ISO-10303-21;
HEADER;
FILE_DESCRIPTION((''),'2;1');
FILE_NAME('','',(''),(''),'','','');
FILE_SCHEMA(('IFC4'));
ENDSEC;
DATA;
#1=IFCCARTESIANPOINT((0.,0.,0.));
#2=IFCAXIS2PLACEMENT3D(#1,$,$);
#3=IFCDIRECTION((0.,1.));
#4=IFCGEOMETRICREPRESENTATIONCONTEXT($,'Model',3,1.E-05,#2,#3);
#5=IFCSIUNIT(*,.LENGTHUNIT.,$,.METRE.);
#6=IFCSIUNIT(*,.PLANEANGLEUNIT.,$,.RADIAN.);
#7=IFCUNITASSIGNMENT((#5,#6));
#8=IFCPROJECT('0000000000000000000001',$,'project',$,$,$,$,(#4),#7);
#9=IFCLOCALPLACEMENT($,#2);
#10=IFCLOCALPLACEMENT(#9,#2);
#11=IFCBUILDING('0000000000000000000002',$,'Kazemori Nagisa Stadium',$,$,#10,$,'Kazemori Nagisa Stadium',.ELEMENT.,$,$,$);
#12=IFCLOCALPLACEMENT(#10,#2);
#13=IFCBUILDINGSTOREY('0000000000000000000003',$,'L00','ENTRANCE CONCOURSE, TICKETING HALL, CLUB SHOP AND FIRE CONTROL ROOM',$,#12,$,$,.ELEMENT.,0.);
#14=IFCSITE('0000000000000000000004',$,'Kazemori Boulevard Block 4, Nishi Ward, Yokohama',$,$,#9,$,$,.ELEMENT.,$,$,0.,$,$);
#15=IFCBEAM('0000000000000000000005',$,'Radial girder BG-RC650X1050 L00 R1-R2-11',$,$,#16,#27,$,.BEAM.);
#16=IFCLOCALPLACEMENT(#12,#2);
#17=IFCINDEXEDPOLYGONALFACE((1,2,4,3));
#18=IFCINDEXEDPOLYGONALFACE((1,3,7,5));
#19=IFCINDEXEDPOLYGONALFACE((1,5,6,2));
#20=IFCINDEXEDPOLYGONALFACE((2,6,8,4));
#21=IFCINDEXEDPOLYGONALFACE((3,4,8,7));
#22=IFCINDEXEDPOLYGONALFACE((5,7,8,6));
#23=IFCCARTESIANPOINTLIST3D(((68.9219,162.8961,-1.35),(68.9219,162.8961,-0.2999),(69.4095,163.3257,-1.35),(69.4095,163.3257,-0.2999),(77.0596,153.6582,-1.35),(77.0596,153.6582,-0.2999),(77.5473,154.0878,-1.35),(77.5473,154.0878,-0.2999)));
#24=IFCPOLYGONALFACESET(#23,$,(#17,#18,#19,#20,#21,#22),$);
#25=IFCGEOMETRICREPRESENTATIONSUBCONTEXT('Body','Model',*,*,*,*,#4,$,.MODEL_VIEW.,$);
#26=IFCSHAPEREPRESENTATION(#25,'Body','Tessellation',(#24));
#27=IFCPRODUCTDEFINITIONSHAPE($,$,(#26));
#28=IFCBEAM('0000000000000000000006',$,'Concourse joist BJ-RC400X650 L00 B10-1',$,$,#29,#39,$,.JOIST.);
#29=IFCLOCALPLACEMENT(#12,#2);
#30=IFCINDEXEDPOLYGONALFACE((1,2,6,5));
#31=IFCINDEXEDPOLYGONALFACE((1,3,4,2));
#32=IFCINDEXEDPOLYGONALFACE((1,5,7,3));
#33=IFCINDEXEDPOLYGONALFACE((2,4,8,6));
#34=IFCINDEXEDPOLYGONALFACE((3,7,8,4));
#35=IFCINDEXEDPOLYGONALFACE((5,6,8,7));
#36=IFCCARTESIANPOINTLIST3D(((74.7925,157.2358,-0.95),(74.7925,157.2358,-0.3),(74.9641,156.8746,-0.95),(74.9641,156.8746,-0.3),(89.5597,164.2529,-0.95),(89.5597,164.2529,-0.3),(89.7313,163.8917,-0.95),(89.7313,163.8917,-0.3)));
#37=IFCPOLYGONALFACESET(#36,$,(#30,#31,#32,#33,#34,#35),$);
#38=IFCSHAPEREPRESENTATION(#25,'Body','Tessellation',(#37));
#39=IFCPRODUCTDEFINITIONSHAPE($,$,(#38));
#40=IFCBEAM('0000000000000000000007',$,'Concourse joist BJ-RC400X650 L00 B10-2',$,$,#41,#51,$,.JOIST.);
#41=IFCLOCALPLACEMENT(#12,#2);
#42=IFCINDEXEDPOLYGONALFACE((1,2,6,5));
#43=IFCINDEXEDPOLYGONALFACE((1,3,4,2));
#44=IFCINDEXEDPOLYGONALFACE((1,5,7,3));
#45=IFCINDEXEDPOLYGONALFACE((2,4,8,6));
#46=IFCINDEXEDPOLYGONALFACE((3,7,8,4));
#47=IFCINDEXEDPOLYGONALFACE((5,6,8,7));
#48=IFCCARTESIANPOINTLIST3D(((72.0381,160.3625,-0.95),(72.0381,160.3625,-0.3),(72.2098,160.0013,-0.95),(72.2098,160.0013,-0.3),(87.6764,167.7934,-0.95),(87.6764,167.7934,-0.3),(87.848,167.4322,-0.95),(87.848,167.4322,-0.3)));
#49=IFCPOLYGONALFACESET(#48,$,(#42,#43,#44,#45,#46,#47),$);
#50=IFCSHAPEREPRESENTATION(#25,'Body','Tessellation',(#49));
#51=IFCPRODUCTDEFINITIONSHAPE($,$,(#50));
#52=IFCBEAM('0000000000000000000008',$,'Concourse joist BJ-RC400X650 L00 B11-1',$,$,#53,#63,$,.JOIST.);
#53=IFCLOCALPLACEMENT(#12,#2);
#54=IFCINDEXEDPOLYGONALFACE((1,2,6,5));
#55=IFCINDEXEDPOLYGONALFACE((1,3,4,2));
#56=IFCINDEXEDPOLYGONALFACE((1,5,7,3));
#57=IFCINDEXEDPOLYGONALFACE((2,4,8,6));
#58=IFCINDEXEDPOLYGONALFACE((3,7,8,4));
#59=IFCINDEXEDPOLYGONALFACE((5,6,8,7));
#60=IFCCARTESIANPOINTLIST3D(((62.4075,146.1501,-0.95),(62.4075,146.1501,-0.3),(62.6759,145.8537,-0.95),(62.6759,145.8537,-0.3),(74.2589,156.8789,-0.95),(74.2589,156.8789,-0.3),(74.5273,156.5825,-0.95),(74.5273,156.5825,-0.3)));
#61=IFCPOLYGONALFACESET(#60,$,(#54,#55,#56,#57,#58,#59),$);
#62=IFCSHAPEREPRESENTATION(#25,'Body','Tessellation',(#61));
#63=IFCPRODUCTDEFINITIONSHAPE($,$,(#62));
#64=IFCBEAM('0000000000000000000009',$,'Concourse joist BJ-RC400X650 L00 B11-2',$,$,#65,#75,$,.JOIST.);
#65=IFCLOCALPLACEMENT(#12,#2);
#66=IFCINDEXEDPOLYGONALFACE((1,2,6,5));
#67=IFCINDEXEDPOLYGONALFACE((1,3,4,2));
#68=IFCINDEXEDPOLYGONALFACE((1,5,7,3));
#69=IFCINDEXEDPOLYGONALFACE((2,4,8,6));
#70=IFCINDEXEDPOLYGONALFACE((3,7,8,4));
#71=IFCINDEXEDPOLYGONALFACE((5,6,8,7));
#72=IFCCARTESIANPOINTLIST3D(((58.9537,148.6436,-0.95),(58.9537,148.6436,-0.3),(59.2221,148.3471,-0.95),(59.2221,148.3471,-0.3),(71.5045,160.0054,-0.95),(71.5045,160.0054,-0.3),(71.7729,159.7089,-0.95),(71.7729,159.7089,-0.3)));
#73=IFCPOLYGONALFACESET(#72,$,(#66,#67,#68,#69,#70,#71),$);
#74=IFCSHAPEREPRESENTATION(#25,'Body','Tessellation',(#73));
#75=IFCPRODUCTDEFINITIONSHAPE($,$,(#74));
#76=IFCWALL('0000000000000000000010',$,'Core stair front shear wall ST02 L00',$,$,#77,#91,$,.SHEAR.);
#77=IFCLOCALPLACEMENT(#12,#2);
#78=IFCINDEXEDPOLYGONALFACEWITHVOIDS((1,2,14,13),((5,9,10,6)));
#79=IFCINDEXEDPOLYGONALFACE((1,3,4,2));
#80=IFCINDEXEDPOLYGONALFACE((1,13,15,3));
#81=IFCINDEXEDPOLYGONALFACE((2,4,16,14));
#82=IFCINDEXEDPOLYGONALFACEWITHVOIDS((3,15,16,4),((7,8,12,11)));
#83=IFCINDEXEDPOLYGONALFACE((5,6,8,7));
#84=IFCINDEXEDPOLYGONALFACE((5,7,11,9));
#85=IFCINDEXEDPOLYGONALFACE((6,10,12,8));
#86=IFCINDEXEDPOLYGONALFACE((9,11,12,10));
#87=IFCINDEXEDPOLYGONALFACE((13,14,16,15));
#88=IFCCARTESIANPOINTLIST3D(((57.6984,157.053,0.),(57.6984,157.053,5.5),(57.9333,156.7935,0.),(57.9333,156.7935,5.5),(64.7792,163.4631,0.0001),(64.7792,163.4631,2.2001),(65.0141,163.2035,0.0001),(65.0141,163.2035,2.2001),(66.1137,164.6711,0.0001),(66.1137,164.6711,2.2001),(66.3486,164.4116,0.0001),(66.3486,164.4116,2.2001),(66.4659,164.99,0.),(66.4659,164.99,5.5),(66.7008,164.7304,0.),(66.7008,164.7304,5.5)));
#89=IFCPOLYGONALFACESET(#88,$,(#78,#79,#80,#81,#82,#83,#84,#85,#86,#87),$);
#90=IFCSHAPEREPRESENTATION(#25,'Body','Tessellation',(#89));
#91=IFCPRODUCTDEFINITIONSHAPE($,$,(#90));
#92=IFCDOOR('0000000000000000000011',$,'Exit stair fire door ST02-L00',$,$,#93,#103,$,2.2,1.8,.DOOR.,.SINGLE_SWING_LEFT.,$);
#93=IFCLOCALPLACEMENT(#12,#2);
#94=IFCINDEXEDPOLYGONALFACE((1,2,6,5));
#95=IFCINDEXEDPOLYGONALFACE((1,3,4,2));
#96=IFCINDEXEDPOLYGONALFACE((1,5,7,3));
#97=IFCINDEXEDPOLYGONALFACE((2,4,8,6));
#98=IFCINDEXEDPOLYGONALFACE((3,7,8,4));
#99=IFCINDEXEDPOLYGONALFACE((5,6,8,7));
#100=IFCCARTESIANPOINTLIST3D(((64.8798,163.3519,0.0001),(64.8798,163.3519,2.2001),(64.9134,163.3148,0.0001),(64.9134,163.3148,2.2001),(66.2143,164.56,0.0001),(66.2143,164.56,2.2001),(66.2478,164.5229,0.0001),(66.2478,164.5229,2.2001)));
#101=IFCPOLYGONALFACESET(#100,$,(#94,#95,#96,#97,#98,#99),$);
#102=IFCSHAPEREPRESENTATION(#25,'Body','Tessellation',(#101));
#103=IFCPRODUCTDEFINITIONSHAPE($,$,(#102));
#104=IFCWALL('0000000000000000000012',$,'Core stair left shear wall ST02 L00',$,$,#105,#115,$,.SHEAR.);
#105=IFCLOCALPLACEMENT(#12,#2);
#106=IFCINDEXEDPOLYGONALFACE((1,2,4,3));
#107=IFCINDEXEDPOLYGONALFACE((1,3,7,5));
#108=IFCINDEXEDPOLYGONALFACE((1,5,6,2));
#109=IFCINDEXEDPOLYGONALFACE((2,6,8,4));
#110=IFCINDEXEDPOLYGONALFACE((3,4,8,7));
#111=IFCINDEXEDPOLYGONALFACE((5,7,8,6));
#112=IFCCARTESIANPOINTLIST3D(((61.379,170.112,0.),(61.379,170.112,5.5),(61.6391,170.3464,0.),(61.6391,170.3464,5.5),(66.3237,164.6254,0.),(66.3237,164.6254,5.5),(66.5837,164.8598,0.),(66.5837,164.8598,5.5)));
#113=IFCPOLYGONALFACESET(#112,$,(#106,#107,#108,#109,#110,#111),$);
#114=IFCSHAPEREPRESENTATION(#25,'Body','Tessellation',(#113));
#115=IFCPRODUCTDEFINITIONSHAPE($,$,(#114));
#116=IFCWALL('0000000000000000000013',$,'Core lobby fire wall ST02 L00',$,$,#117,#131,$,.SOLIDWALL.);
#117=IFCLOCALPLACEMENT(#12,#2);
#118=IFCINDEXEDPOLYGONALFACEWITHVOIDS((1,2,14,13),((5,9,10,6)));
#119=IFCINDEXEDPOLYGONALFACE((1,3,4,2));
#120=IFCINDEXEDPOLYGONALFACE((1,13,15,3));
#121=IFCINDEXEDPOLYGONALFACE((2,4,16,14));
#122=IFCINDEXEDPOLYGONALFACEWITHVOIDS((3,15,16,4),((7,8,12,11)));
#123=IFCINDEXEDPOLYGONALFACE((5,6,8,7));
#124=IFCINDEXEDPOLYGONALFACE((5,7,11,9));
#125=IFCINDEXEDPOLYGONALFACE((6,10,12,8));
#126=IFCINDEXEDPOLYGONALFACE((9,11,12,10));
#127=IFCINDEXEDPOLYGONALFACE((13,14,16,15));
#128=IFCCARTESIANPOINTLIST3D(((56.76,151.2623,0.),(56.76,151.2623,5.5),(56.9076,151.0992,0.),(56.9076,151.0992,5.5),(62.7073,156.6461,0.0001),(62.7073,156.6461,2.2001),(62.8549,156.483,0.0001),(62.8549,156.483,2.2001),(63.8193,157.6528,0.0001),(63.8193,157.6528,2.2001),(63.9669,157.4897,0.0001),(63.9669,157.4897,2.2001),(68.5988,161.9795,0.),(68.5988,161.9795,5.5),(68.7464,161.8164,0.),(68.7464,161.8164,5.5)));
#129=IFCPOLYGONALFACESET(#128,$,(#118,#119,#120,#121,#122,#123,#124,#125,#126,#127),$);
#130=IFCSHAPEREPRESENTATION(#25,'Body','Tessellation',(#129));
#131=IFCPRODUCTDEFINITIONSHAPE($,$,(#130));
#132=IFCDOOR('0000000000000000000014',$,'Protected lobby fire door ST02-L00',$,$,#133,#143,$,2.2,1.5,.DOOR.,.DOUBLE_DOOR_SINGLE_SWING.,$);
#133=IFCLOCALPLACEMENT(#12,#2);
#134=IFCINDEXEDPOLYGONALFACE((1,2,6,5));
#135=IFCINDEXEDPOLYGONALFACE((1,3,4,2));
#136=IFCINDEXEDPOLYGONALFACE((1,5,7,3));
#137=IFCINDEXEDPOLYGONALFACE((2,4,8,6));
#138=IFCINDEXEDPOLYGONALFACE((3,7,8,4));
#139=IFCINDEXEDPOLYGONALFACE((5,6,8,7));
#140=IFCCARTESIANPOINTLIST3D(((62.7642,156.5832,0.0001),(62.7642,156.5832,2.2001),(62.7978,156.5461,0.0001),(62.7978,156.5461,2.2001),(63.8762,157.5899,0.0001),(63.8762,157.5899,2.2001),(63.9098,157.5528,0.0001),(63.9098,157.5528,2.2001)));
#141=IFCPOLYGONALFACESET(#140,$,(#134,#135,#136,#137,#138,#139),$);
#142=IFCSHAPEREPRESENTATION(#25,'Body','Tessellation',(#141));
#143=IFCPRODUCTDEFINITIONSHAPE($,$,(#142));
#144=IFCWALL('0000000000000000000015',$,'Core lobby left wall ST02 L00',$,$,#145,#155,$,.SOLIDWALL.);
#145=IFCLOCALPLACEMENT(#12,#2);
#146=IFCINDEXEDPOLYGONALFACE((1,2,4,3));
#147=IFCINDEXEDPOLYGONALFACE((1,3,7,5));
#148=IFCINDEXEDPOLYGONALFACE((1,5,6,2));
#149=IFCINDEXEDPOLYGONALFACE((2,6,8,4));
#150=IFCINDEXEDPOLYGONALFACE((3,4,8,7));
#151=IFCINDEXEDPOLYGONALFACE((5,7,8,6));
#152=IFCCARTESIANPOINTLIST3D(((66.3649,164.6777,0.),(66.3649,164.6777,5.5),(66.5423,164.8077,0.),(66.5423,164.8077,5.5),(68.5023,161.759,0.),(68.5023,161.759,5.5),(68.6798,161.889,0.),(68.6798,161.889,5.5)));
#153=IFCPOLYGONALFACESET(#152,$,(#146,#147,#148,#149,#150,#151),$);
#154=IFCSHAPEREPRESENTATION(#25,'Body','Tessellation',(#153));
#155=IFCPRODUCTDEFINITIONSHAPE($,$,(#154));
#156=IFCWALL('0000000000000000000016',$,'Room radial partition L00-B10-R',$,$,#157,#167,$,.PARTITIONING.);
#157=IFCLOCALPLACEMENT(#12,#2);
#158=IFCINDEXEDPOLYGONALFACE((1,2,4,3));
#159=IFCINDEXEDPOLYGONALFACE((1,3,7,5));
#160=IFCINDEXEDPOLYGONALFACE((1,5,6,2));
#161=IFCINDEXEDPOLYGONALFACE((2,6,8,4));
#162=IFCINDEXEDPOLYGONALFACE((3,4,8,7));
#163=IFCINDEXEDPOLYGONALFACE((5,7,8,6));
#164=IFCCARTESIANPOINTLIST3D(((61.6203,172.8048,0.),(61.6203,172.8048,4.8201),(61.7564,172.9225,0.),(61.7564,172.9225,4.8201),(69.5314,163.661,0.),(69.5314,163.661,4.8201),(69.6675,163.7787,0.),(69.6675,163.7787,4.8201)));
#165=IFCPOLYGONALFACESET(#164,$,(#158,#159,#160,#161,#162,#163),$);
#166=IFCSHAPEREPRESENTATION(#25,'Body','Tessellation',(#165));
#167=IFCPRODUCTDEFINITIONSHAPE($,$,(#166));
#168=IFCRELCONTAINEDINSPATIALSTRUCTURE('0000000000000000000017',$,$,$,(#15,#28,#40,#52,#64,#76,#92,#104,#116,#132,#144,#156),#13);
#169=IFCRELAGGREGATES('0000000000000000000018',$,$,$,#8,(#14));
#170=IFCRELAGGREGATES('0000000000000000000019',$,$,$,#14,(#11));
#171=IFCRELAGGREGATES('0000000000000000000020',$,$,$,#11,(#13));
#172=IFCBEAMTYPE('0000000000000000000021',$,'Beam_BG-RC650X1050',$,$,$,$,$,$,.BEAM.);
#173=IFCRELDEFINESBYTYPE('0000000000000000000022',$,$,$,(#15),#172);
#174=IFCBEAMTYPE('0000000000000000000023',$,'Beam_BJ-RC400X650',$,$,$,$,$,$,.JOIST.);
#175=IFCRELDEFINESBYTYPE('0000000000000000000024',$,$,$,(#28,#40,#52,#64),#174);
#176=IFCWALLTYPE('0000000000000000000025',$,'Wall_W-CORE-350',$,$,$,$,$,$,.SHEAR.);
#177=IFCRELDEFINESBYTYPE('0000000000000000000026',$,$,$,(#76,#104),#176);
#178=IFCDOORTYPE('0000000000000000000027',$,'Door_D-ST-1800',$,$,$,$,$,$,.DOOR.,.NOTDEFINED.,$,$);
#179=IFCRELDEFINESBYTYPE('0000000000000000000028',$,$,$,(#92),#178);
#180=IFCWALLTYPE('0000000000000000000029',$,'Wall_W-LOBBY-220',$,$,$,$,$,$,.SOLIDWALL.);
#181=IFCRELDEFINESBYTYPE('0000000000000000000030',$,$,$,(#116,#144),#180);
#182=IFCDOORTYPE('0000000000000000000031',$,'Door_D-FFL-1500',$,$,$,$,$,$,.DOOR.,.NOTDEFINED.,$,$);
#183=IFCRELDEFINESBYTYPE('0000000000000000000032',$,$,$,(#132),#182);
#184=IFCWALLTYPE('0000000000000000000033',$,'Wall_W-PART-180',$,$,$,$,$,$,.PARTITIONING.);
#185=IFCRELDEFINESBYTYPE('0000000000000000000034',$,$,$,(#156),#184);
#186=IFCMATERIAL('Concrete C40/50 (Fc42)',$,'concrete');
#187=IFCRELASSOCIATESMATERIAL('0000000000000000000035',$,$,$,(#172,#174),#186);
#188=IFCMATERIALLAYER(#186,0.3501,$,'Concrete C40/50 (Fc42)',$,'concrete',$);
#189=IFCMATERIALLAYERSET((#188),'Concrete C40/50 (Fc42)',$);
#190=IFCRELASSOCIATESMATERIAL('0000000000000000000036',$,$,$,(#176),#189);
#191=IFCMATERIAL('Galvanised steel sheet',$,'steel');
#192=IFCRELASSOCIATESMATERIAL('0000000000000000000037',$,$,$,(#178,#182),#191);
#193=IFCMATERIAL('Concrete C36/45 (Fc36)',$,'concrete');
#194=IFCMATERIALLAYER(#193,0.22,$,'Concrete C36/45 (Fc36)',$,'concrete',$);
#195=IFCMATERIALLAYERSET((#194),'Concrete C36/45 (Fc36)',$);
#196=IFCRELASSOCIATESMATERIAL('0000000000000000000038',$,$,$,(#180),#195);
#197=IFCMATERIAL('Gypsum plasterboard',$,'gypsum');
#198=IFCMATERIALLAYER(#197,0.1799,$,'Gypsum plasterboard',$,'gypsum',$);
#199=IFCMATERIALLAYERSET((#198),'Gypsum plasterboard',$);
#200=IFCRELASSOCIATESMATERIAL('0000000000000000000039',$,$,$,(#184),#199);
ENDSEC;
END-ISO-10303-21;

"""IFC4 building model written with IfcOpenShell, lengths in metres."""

from ifc_helpers import new_model, si_unit, direction, frame, frame_2d, origin, origin_2d, place, context, subcontext, project, spatial, rectangle, extrude, material, layer, layer_set, material_profile, profile_set, type_object, element, fill, save


model = new_model("IFC4")

# Units and contexts
model_context = context("Model", 3, precision=1e-05, world=origin(), true_north=direction((0.0, 1.0)))
body_context = subcontext(model_context, "Body", "Model", "MODEL_VIEW")
ifc_project = project(units=[si_unit("LENGTHUNIT", "METRE"), si_unit("PLANEANGLEUNIT", "RADIAN")], contexts=[model_context])

# Site, building, storey
site_placement = place(None, origin())
site = spatial("IfcSite", under=ifc_project, at=site_placement, Name="Kazemori Boulevard Block 4, Nishi Ward, Yokohama", CompositionType="ELEMENT", RefElevation=0.0)
building_placement = place(site_placement, origin())
building = spatial("IfcBuilding", under=site, at=building_placement, Name="Kazemori Nagisa Stadium", LongName="Kazemori Nagisa Stadium", CompositionType="ELEMENT")
storey_placement = place(building_placement, origin())
storey = spatial("IfcBuildingStorey", under=building, at=storey_placement, Name="L00", Description="ENTRANCE CONCOURSE, TICKETING HALL, CLUB SHOP AND FIRE CONTROL ROOM", CompositionType="ELEMENT", Elevation=0.0)

# Shared definitions
ifc_material_1 = material(Name="Concrete C40/50 (Fc42)", Category="concrete")

# Beams
ifc_material_profile_1 = material_profile(ifc_material_1, rectangle(XDim=0.6499, YDim=1.05, at=origin_2d()), Name="RC-BM-650x1050")
ifc_profile_set_1 = profile_set([ifc_material_profile_1], Name="Concrete C40/50 (Fc42)")
beam_type_1 = type_object("IfcBeamType", Name="Beam_BG-RC650X1050", PredefinedType="BEAM", material=ifc_profile_set_1)
beam_1_placement = place(storey_placement, frame((77.3035, 153.873, -0.825), z_axis=(-0.661014, 0.750374, 0.0), x_axis=(-0.750374, -0.661014, 0.0)))
element("IfcBeam", 1, at=beam_1_placement, inside=storey, type_object=beam_type_1, Name="Radial girder BG-RC650X1050 L00 R1-R2-11", PredefinedType="BEAM", context=body_context, shape_type="SweptSolid", body=[
    extrude(rectangle(XDim=0.6499, YDim=1.05, at=origin_2d()), origin(), (0.0, 0.0, 1.0), 12.311),
])
ifc_material_profile_2 = material_profile(ifc_material_1, rectangle(XDim=0.3999, YDim=0.6499, at=origin_2d()), Name="RC-BM-400x650")
ifc_profile_set_2 = profile_set([ifc_material_profile_2], Name="Concrete C40/50 (Fc42)")
beam_type_2 = type_object("IfcBeamType", Name="Beam_BJ-RC400X650", PredefinedType="JOIST", material=ifc_profile_set_2)
beam_2_placement = place(storey_placement, frame((89.6455, 164.0723, -0.625), z_axis=(-0.903216, -0.429187, 0.0), x_axis=(0.429187, -0.903216, 0.0)))
element("IfcBeam", 2, at=beam_2_placement, inside=storey, type_object=beam_type_2, Name="Concourse joist BJ-RC400X650 L00 B10-1", PredefinedType="JOIST", context=body_context, shape_type="SweptSolid", body=[
    extrude(rectangle(XDim=0.3999, YDim=0.6499, at=origin_2d()), origin(), (0.0, 0.0, 1.0), 16.3496),
])
beam_3_placement = place(storey_placement, frame((87.7622, 167.6128, -0.625), z_axis=(-0.903215, -0.429187, 0.0), x_axis=(0.429187, -0.903215, 0.0)))
element("IfcBeam", 3, at=beam_3_placement, inside=storey, type_object=beam_type_2, Name="Concourse joist BJ-RC400X650 L00 B10-2", PredefinedType="JOIST", context=body_context, shape_type="SweptSolid", body=[
    extrude(rectangle(XDim=0.3999, YDim=0.6499, at=origin_2d()), origin(), (0.0, 0.0, 1.0), 17.314),
])
beam_4_placement = place(storey_placement, frame((74.3931, 156.7307, -0.625), z_axis=(-0.741345, -0.671124, 0.0), x_axis=(0.671124, -0.741345, 0.0)))
element("IfcBeam", 4, at=beam_4_placement, inside=storey, type_object=beam_type_2, Name="Concourse joist BJ-RC400X650 L00 B11-1", PredefinedType="JOIST", context=body_context, shape_type="SweptSolid", body=[
    extrude(rectangle(XDim=0.3999, YDim=0.6499, at=origin_2d()), origin(), (0.0, 0.0, 1.0), 15.9863),
])
beam_5_placement = place(storey_placement, frame((71.6387, 159.8572, -0.625), z_axis=(-0.741349, -0.671119, 0.0), x_axis=(0.671119, -0.741349, 0.0)))
element("IfcBeam", 5, at=beam_5_placement, inside=storey, type_object=beam_type_2, Name="Concourse joist BJ-RC400X650 L00 B11-2", PredefinedType="JOIST", context=body_context, shape_type="SweptSolid", body=[
    extrude(rectangle(XDim=0.3999, YDim=0.6499, at=origin_2d()), origin(), (0.0, 0.0, 1.0), 16.9297),
])

# Wall, opening, door
ifc_layer_1 = layer(ifc_material_1, 0.3501, Name="Concrete C40/50 (Fc42)", Category="concrete")
ifc_layer_set_1 = layer_set([ifc_layer_1], Name="Concrete C40/50 (Fc42)")
wall_type_1 = type_object("IfcWallType", Name="Wall_W-CORE-350", PredefinedType="SHEAR", material=ifc_layer_set_1)
wall_1_placement = place(storey_placement, frame((66.5833, 164.8601, 0.0), z_axis=(0.0, 0.0, 1.0), x_axis=(-0.741349, -0.67112, 0.0)))
wall_1 = element("IfcWall", 6, at=wall_1_placement, inside=storey, type_object=wall_type_1, Name="Core stair front shear wall ST02 L00", PredefinedType="SHEAR", context=body_context, shape_type="SweptSolid", body=[
    extrude(rectangle(XDim=11.8264, YDim=0.3501, at=frame_2d((5.9131, 0.0))), origin(), (0.0, 0.0, 1.0), 5.5),
])
opening_1_placement = place(wall_1_placement, frame((0.4751, 0.0, 0.0)))
opening_1 = element("IfcOpeningElement", 7, at=opening_1_placement, cuts=wall_1, PredefinedType="OPENING", context=body_context, shape_type="SweptSolid", body=[
    extrude(rectangle(XDim=1.8, YDim=2.2, at=frame_2d((0.8999, 1.1001))), frame((0.0, 0.1851, 0.0), z_axis=(0.0, -1.0, 0.0), x_axis=(1.0, 0.0, 0.0)), (0.0, 0.0, 1.0), 0.3701),
])
ifc_material_2 = material(Name="Galvanised steel sheet", Category="steel")
door_type_1 = type_object("IfcDoorType", Name="Door_D-ST-1800", OperationType="NOTDEFINED", PredefinedType="DOOR", material=ifc_material_2)
door_1_placement = place(opening_1_placement, origin())
door_1 = element("IfcDoor", 8, at=door_1_placement, inside=storey, type_object=door_type_1, Name="Exit stair fire door ST02-L00", OperationType="SINGLE_SWING_LEFT", OverallHeight=2.2, OverallWidth=1.8, PredefinedType="DOOR", context=body_context, shape_type="SweptSolid", body=[
    extrude(rectangle(XDim=1.8, YDim=2.2, at=frame_2d((0.8999, 1.1001))), frame((0.0, 0.0249, 0.0), z_axis=(0.0, -1.0, 0.0), x_axis=(1.0, 0.0, 0.0)), (0.0, 0.0, 1.0), 0.05),
])
fill(opening_1, door_1)

# Wall
wall_2_placement = place(storey_placement, frame((66.4536, 164.7427, 0.0), z_axis=(0.0, 0.0, 1.0), x_axis=(-0.669463, 0.742845, 0.0)))
element("IfcWall", 9, at=wall_2_placement, inside=storey, type_object=wall_type_1, Name="Core stair left shear wall ST02 L00", PredefinedType="SHEAR", context=body_context, shape_type="SweptSolid", body=[
    extrude(rectangle(XDim=7.386, YDim=0.3501, at=frame_2d((3.6929, 0.0))), origin(), (0.0, 0.0, 1.0), 5.5),
])

# Wall, opening, door
ifc_material_3 = material(Name="Concrete C36/45 (Fc36)", Category="concrete")
ifc_layer_2 = layer(ifc_material_3, 0.22, Name="Concrete C36/45 (Fc36)", Category="concrete")
ifc_layer_set_2 = layer_set([ifc_layer_2], Name="Concrete C36/45 (Fc36)")
wall_type_2 = type_object("IfcWallType", Name="Wall_W-LOBBY-220", PredefinedType="SOLIDWALL", material=ifc_layer_set_2)
wall_3_placement = place(storey_placement, frame((68.6726, 161.8979, 0.0), z_axis=(0.0, 0.0, 1.0), x_axis=(-0.741351, -0.671117, 0.0)))
wall_3 = element("IfcWall", 10, at=wall_3_placement, inside=storey, type_object=wall_type_2, Name="Core lobby fire wall ST02 L00", PredefinedType="SOLIDWALL", context=body_context, shape_type="SweptSolid", body=[
    extrude(rectangle(XDim=15.9692, YDim=0.22, at=frame_2d((7.9846, 0.0))), origin(), (0.0, 0.0, 1.0), 5.5),
])
opening_2_placement = place(wall_3_placement, frame((6.447, 0.0, 0.0)))
opening_2 = element("IfcOpeningElement", 11, at=opening_2_placement, cuts=wall_3, PredefinedType="OPENING", context=body_context, shape_type="SweptSolid", body=[
    extrude(rectangle(XDim=1.5, YDim=2.2, at=frame_2d((0.75, 1.1001))), frame((0.0, 0.1199, 0.0), z_axis=(0.0, -1.0, 0.0), x_axis=(1.0, 0.0, 0.0)), (0.0, 0.0, 1.0), 0.24),
])
door_type_2 = type_object("IfcDoorType", Name="Door_D-FFL-1500", OperationType="NOTDEFINED", PredefinedType="DOOR", material=ifc_material_2)
door_2_placement = place(opening_2_placement, origin())
door_2 = element("IfcDoor", 12, at=door_2_placement, inside=storey, type_object=door_type_2, Name="Protected lobby fire door ST02-L00", OperationType="DOUBLE_DOOR_SINGLE_SWING", OverallHeight=2.2, OverallWidth=1.5, PredefinedType="DOOR", context=body_context, shape_type="SweptSolid", body=[
    extrude(rectangle(XDim=1.5, YDim=2.2, at=frame_2d((0.75, 1.1001))), frame((0.0, 0.0249, 0.0), z_axis=(0.0, -1.0, 0.0), x_axis=(1.0, 0.0, 0.0)), (0.0, 0.0, 1.0), 0.05),
])
fill(opening_2, door_2)

# Walls
wall_4_placement = place(storey_placement, frame((68.5911, 161.824, 0.0), z_axis=(0.0, 0.0, 1.0), x_axis=(-0.590837, 0.806791, 0.0)))
element("IfcWall", 13, at=wall_4_placement, inside=storey, type_object=wall_type_2, Name="Core lobby left wall ST02 L00", PredefinedType="SOLIDWALL", context=body_context, shape_type="SweptSolid", body=[
    extrude(rectangle(XDim=3.6177, YDim=0.22, at=frame_2d((1.8088, 0.0))), origin(), (0.0, 0.0, 1.0), 5.5),
])
ifc_material_4 = material(Name="Gypsum plasterboard", Category="gypsum")
ifc_layer_3 = layer(ifc_material_4, 0.1799, Name="Gypsum plasterboard", Category="gypsum")
ifc_layer_set_3 = layer_set([ifc_layer_3], Name="Gypsum plasterboard")
wall_type_3 = type_object("IfcWallType", Name="Wall_W-PART-180", PredefinedType="PARTITIONING", material=ifc_layer_set_3)
wall_5_placement = place(storey_placement, frame((69.5994, 163.72, 0.0), z_axis=(0.0, 0.0, 1.0), x_axis=(-0.654293, 0.756241, 0.0)))
element("IfcWall", 14, at=wall_5_placement, inside=storey, type_object=wall_type_3, Name="Room radial partition L00-B10-R", PredefinedType="PARTITIONING", context=body_context, shape_type="SweptSolid", body=[
    extrude(rectangle(XDim=12.0911, YDim=0.1799, at=frame_2d((6.0454, 0.0))), origin(), (0.0, 0.0, 1.0), 4.8201),
])

save(model, "model.ifc")
